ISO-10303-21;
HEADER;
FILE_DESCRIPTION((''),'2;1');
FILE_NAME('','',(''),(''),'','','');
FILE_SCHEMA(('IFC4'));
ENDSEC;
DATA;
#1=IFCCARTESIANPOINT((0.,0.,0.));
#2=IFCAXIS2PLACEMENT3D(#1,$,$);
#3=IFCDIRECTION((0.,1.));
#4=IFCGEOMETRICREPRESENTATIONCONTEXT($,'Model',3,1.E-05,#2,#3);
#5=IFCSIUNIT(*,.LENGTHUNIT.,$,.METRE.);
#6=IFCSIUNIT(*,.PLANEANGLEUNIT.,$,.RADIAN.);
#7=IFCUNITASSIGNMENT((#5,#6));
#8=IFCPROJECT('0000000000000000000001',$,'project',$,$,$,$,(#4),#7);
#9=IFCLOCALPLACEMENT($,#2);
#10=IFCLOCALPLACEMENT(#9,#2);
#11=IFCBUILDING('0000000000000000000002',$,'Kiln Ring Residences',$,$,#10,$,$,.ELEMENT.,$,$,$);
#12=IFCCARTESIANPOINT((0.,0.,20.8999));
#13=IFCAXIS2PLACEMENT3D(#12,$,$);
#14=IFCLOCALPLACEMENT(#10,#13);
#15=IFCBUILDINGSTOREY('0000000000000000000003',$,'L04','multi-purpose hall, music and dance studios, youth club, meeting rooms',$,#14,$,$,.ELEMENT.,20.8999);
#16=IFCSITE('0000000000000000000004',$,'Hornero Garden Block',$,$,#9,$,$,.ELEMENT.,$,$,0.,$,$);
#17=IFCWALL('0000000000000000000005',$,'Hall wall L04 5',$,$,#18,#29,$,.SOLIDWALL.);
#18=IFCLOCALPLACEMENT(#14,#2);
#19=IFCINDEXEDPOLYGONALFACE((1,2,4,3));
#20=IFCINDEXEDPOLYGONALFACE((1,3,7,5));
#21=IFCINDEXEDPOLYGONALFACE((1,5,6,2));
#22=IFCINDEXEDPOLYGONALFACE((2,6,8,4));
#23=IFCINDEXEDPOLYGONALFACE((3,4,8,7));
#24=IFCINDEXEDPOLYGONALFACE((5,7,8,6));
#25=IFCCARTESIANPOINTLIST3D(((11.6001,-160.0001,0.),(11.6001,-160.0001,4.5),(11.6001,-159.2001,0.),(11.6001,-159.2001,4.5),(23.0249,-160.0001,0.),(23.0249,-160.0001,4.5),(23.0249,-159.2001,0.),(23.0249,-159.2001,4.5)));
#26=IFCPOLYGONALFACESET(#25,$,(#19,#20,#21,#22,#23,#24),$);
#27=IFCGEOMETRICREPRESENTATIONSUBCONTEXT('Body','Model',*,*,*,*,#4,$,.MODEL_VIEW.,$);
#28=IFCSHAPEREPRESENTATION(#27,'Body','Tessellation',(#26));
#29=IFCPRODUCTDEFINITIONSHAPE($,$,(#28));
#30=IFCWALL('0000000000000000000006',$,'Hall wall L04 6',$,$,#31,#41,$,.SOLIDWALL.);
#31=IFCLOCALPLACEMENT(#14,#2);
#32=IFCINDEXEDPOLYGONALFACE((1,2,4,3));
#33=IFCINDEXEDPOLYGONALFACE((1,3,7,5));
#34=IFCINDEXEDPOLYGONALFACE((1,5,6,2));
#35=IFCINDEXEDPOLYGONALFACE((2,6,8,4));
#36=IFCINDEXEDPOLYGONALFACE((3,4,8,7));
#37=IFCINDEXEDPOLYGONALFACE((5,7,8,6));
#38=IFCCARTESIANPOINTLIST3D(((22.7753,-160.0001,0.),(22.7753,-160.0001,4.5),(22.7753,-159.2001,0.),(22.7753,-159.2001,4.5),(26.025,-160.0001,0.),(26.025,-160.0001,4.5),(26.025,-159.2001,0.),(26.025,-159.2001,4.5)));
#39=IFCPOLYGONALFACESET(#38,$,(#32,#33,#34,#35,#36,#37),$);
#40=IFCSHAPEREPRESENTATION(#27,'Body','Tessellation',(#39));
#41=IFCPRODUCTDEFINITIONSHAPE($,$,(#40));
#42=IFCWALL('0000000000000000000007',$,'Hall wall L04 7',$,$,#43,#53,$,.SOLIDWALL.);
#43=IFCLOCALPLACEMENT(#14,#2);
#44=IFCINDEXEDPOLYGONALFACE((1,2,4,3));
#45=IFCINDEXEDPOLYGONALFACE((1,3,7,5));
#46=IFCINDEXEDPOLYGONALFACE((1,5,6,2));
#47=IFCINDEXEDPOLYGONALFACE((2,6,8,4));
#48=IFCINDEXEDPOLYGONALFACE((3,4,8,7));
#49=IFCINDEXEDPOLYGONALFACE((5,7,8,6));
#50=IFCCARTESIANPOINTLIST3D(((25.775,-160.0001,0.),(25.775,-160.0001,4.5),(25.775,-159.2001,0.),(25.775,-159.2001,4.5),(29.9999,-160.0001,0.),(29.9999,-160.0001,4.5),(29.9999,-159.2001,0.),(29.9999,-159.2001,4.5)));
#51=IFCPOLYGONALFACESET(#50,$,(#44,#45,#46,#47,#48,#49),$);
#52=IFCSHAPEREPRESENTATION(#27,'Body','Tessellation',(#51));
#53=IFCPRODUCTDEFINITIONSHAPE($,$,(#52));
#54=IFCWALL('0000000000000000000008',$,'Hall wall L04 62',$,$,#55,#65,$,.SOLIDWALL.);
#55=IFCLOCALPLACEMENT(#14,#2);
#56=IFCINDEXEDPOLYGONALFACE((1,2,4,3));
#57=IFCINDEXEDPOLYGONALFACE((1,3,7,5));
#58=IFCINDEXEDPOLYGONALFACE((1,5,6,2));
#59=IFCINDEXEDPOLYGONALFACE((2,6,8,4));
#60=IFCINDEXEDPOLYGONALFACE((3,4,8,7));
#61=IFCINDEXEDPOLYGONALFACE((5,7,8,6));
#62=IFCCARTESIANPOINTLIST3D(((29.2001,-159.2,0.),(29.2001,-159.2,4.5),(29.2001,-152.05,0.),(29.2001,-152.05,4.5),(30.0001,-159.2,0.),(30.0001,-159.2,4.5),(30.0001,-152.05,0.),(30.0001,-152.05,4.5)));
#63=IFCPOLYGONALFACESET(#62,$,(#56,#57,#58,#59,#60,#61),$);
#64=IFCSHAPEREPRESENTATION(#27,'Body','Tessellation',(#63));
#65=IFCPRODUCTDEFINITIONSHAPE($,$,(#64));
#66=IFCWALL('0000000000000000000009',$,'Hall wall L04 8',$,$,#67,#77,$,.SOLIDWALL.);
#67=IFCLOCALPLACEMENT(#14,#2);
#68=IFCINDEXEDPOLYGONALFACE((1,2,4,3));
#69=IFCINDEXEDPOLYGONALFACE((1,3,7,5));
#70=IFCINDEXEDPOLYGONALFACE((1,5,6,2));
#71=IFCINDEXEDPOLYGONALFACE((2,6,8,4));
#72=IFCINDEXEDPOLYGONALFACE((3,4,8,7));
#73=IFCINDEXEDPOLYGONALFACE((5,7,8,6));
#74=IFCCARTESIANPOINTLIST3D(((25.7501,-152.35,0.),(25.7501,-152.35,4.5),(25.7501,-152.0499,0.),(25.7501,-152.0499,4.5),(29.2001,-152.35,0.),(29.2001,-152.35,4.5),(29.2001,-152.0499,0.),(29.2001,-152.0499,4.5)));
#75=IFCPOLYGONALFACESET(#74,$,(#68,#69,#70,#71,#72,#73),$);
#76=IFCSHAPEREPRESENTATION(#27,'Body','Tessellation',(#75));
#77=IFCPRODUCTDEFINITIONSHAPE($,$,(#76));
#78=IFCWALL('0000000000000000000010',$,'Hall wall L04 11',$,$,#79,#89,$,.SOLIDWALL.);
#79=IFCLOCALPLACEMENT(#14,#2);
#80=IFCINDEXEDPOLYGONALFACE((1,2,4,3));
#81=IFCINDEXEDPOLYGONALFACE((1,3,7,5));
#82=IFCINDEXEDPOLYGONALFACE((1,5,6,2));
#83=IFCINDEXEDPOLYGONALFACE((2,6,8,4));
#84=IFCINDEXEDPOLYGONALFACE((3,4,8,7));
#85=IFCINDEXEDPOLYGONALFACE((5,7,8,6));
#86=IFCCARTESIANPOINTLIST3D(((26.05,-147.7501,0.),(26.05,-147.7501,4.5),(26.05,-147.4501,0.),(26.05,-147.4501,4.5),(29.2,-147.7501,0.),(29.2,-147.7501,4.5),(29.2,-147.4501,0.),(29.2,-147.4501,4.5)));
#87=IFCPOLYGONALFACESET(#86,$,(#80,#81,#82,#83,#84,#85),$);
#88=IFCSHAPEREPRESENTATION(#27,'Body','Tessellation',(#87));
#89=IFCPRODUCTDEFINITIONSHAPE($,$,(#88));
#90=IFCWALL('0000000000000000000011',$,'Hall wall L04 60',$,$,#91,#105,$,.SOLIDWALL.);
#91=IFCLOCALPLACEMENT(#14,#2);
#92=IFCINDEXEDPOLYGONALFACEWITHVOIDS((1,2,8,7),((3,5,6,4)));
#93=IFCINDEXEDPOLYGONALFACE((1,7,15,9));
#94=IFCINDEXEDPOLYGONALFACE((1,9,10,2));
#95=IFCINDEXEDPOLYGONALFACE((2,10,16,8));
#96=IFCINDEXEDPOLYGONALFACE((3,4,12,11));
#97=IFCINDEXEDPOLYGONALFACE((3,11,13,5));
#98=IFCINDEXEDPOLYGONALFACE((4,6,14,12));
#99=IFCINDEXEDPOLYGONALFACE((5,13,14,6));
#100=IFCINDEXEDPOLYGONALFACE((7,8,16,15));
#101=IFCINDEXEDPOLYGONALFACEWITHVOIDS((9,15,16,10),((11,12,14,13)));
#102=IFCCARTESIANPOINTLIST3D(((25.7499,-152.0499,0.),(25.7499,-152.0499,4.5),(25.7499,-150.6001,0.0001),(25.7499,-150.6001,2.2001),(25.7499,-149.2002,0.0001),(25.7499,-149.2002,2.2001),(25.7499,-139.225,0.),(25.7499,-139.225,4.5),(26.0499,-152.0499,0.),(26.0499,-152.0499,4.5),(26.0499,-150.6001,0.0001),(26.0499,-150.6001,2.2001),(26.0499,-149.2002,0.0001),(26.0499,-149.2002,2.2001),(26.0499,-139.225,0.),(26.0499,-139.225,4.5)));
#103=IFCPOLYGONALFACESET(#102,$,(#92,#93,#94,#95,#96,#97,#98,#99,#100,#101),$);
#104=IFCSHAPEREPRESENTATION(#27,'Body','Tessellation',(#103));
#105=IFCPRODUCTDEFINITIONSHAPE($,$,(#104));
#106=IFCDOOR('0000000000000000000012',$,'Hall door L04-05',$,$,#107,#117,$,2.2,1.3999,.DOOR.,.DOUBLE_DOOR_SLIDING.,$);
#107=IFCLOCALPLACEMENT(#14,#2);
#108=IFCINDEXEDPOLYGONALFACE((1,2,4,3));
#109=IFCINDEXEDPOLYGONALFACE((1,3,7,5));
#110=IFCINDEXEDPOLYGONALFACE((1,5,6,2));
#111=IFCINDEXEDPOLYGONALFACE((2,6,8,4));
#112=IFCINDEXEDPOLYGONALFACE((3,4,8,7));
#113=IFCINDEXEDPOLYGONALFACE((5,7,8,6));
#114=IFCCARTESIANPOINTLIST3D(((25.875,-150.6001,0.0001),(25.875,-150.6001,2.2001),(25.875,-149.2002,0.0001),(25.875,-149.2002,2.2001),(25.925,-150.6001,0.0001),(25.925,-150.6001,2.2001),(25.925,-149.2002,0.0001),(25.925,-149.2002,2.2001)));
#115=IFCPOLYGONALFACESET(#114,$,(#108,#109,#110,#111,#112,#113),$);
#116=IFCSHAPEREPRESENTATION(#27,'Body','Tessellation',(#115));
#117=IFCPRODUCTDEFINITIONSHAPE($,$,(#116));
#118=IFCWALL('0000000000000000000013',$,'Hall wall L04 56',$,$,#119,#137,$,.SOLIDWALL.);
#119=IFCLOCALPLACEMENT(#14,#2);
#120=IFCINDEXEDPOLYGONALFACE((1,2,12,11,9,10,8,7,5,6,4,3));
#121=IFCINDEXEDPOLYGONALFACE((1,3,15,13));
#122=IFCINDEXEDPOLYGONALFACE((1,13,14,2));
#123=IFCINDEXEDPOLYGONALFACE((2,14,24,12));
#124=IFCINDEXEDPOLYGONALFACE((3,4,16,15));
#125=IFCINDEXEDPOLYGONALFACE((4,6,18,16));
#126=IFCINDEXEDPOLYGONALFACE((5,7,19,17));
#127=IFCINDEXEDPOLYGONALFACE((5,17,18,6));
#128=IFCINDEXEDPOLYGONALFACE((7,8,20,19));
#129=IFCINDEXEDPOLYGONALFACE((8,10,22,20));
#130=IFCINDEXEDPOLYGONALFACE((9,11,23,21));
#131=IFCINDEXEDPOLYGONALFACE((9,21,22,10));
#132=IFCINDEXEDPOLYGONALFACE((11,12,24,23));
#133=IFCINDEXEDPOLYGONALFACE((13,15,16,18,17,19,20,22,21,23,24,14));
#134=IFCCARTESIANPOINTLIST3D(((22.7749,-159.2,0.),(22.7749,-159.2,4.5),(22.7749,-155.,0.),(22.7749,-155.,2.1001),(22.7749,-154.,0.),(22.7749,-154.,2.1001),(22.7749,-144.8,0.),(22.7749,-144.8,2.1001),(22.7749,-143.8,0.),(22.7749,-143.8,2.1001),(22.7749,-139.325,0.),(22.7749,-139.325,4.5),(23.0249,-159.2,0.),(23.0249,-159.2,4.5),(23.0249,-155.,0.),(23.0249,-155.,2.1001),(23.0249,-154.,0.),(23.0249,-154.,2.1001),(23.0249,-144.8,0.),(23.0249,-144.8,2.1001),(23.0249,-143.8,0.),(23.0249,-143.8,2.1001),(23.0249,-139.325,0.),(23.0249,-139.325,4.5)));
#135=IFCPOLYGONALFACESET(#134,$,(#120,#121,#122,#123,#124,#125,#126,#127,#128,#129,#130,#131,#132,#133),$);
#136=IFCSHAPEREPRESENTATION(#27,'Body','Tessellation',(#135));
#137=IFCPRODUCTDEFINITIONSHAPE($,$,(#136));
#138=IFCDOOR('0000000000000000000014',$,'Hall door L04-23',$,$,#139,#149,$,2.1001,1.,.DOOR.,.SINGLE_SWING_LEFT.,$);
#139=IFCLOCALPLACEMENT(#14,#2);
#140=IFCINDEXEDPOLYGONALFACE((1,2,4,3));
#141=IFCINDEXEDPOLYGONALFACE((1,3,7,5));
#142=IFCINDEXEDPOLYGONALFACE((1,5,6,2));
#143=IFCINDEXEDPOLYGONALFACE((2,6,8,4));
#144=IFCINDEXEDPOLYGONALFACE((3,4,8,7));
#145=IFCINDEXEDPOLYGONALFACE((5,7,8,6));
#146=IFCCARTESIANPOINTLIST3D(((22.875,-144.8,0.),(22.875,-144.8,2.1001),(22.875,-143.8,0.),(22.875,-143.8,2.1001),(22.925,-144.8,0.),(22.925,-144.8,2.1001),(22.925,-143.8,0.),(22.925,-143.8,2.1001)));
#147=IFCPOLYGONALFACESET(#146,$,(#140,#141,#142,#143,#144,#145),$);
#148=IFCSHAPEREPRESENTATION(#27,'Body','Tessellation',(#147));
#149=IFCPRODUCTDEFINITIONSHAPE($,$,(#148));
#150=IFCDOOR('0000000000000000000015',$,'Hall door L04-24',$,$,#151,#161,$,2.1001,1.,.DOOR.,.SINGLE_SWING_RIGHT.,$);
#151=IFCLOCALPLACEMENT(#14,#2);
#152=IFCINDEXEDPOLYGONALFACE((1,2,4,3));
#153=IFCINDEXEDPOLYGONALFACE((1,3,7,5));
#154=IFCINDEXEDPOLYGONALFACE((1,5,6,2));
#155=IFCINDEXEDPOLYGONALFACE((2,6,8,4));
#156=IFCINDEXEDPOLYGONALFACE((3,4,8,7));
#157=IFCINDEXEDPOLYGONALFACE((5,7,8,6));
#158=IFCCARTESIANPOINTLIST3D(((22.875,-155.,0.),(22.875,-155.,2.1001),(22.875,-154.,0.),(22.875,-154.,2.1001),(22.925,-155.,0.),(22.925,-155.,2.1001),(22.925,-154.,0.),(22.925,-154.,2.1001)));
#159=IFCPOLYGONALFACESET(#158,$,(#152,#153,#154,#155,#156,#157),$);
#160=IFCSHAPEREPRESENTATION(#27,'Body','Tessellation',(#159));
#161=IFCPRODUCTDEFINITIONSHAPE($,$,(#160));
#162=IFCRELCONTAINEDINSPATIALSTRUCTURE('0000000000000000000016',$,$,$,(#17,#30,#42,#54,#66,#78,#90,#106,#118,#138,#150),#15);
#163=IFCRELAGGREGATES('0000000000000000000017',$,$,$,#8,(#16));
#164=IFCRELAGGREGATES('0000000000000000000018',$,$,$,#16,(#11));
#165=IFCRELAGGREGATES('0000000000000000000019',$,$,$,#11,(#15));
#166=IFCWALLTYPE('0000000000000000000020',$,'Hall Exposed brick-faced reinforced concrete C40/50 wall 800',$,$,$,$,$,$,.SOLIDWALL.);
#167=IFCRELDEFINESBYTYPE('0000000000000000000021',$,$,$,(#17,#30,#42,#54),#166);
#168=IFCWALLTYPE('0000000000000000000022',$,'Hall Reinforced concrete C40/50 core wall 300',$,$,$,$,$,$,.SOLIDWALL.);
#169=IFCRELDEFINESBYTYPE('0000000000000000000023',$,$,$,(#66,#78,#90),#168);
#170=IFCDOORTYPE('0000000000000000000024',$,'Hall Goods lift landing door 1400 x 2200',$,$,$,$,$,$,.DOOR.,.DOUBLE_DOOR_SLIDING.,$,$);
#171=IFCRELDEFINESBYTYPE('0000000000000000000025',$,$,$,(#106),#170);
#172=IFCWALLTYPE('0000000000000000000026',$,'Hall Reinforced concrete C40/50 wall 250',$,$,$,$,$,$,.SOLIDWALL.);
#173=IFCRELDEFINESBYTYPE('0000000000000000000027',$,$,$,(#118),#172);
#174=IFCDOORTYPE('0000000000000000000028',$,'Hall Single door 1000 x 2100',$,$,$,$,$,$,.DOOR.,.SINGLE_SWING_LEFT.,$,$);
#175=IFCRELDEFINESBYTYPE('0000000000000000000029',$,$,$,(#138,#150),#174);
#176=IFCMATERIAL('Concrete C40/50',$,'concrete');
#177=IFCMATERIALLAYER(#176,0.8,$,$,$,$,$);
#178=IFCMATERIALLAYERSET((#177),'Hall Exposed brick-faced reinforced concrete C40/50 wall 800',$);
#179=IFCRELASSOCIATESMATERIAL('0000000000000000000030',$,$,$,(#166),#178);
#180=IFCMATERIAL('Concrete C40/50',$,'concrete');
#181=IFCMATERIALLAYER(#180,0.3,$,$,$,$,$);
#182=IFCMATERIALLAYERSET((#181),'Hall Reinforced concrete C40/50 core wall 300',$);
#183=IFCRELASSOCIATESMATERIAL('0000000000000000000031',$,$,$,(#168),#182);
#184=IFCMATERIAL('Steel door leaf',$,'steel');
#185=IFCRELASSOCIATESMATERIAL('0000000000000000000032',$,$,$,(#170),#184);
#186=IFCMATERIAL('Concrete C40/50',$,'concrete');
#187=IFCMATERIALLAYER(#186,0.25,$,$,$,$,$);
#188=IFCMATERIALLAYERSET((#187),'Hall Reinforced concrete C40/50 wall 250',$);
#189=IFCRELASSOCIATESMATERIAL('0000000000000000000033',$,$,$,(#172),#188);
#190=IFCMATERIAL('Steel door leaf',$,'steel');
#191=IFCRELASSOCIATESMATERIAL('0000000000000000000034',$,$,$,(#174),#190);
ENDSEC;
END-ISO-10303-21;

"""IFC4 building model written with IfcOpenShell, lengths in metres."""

from ifc_helpers import new_model, si_unit, direction, frame, frame_2d, origin, place, context, subcontext, project, spatial, rectangle, extrude, material, layer, layer_set, type_object, element, fill, save


model = new_model("IFC4")

# Units and contexts
model_context = context("Model", 3, precision=1e-05, world=origin(), true_north=direction((0.0, 1.0)))
body_context = subcontext(model_context, "Body", "Model", "MODEL_VIEW")
ifc_project = project(units=[si_unit("LENGTHUNIT", "METRE"), si_unit("PLANEANGLEUNIT", "RADIAN")], contexts=[model_context])

# Site, building, storey
site_placement = place(None, origin())
site = spatial("IfcSite", under=ifc_project, at=site_placement, Name="Hornero Garden Block", CompositionType="ELEMENT", RefElevation=0.0)
building_placement = place(site_placement, origin())
building = spatial("IfcBuilding", under=site, at=building_placement, Name="Kiln Ring Residences", CompositionType="ELEMENT")
storey_placement = place(building_placement, frame((0.0, 0.0, 20.8999)))
storey = spatial("IfcBuildingStorey", under=building, at=storey_placement, Name="L04", Description="multi-purpose hall, music and dance studios, youth club, meeting rooms", CompositionType="ELEMENT", Elevation=20.8999)

# Walls
ifc_material_1 = material(Name="Concrete C40/50", Category="concrete")
ifc_layer_1 = layer(ifc_material_1, 0.8)
ifc_layer_set_1 = layer_set([ifc_layer_1], Name="Hall Exposed brick-faced reinforced concrete C40/50 wall 800")
wall_type_1 = type_object("IfcWallType", Name="Hall Exposed brick-faced reinforced concrete C40/50 wall 800", PredefinedType="SOLIDWALL", material=ifc_layer_set_1)
wall_1_placement = place(storey_placement, frame((11.6001, -159.6001, 0.0), z_axis=(0.0, 0.0, 1.0), x_axis=(1.0, 0.0, 0.0)))
element("IfcWall", 1, at=wall_1_placement, inside=storey, type_object=wall_type_1, Name="Hall wall L04 5", PredefinedType="SOLIDWALL", context=body_context, shape_type="SweptSolid", body=[
    extrude(rectangle(XDim=11.4248, YDim=0.8, at=frame_2d((5.7124, 0.0))), origin(), (0.0, 0.0, 1.0), 4.5),
])
wall_2_placement = place(storey_placement, frame((22.7751, -159.6001, 0.0), z_axis=(0.0, 0.0, 1.0), x_axis=(1.0, 0.0, 0.0)))
element("IfcWall", 2, at=wall_2_placement, inside=storey, type_object=wall_type_1, Name="Hall wall L04 6", PredefinedType="SOLIDWALL", context=body_context, shape_type="SweptSolid", body=[
    extrude(rectangle(XDim=3.2498, YDim=0.8, at=frame_2d((1.625, 0.0))), origin(), (0.0, 0.0, 1.0), 4.5),
])
wall_3_placement = place(storey_placement, frame((25.7751, -159.6001, 0.0), z_axis=(0.0, 0.0, 1.0), x_axis=(1.0, 0.0, 0.0)))
element("IfcWall", 3, at=wall_3_placement, inside=storey, type_object=wall_type_1, Name="Hall wall L04 7", PredefinedType="SOLIDWALL", context=body_context, shape_type="SweptSolid", body=[
    extrude(rectangle(XDim=4.2249, YDim=0.8, at=frame_2d((2.1123, 0.0))), origin(), (0.0, 0.0, 1.0), 4.5),
])
wall_4_placement = place(storey_placement, frame((29.6001, -152.05, 0.0), z_axis=(0.0, 0.0, 1.0), x_axis=(0.0, -1.0, 0.0)))
element("IfcWall", 4, at=wall_4_placement, inside=storey, type_object=wall_type_1, Name="Hall wall L04 62", PredefinedType="SOLIDWALL", context=body_context, shape_type="SweptSolid", body=[
    extrude(rectangle(XDim=7.1499, YDim=0.8, at=frame_2d((3.575, 0.0))), origin(), (0.0, 0.0, 1.0), 4.5),
])
ifc_material_2 = material(Name="Concrete C40/50", Category="concrete")
ifc_layer_2 = layer(ifc_material_2, 0.3)
ifc_layer_set_2 = layer_set([ifc_layer_2], Name="Hall Reinforced concrete C40/50 core wall 300")
wall_type_2 = type_object("IfcWallType", Name="Hall Reinforced concrete C40/50 core wall 300", PredefinedType="SOLIDWALL", material=ifc_layer_set_2)
wall_5_placement = place(storey_placement, frame((25.75, -152.2, 0.0), z_axis=(0.0, 0.0, 1.0), x_axis=(1.0, 0.0, 0.0)))
element("IfcWall", 5, at=wall_5_placement, inside=storey, type_object=wall_type_2, Name="Hall wall L04 8", PredefinedType="SOLIDWALL", context=body_context, shape_type="SweptSolid", body=[
    extrude(rectangle(XDim=3.45, YDim=0.3, at=frame_2d((1.7251, 0.0))), origin(), (0.0, 0.0, 1.0), 4.5),
])
wall_6_placement = place(storey_placement, frame((26.05, -147.6001, 0.0), z_axis=(0.0, 0.0, 1.0), x_axis=(1.0, 0.0, 0.0)))
element("IfcWall", 6, at=wall_6_placement, inside=storey, type_object=wall_type_2, Name="Hall wall L04 11", PredefinedType="SOLIDWALL", context=body_context, shape_type="SweptSolid", body=[
    extrude(rectangle(XDim=3.1499, YDim=0.3, at=frame_2d((1.575, 0.0))), origin(), (0.0, 0.0, 1.0), 4.5),
])

# Wall, opening, door
wall_7_placement = place(storey_placement, frame((25.8999, -152.05, 0.0), z_axis=(0.0, 0.0, 1.0), x_axis=(0.0, 1.0, 0.0)))
wall_7 = element("IfcWall", 7, at=wall_7_placement, inside=storey, type_object=wall_type_2, Name="Hall wall L04 60", PredefinedType="SOLIDWALL", context=body_context, shape_type="SweptSolid", body=[
    extrude(rectangle(XDim=12.825, YDim=0.3, at=frame_2d((6.4126, 0.0))), origin(), (0.0, 0.0, 1.0), 4.5),
])
opening_1_placement = place(wall_7_placement, frame((1.45, 0.0, 0.0)))
opening_1 = element("IfcOpeningElement", 8, at=opening_1_placement, cuts=wall_7, PredefinedType="OPENING", context=body_context, shape_type="SweptSolid", body=[
    extrude(rectangle(XDim=1.3999, YDim=2.2, at=frame_2d((0.7, 1.1001))), frame((0.0, 0.1599, 0.0), z_axis=(0.0, -1.0, 0.0), x_axis=(1.0, 0.0, 0.0)), (0.0, 0.0, 1.0), 0.3201),
])
ifc_material_3 = material(Name="Steel door leaf", Category="steel")
door_type_1 = type_object("IfcDoorType", Name="Hall Goods lift landing door 1400 x 2200", OperationType="DOUBLE_DOOR_SLIDING", PredefinedType="DOOR", material=ifc_material_3)
door_1_placement = place(opening_1_placement, origin())
door_1 = element("IfcDoor", 9, at=door_1_placement, inside=storey, type_object=door_type_1, Name="Hall door L04-05", OperationType="DOUBLE_DOOR_SLIDING", OverallHeight=2.2, OverallWidth=1.3999, PredefinedType="DOOR", context=body_context, shape_type="SweptSolid", body=[
    extrude(rectangle(XDim=1.3999, YDim=2.2, at=frame_2d((0.7, 1.1001))), frame((0.0, 0.0249, 0.0), z_axis=(0.0, -1.0, 0.0), x_axis=(1.0, 0.0, 0.0)), (0.0, 0.0, 1.0), 0.05),
])
fill(opening_1, door_1)

# Wall, openings, doors
ifc_material_4 = material(Name="Concrete C40/50", Category="concrete")
ifc_layer_3 = layer(ifc_material_4, 0.25)
ifc_layer_set_3 = layer_set([ifc_layer_3], Name="Hall Reinforced concrete C40/50 wall 250")
wall_type_3 = type_object("IfcWallType", Name="Hall Reinforced concrete C40/50 wall 250", PredefinedType="SOLIDWALL", material=ifc_layer_set_3)
wall_8_placement = place(storey_placement, frame((22.8999, -159.2, 0.0), z_axis=(0.0, 0.0, 1.0), x_axis=(0.0, 1.0, 0.0)))
wall_8 = element("IfcWall", 10, at=wall_8_placement, inside=storey, type_object=wall_type_3, Name="Hall wall L04 56", PredefinedType="SOLIDWALL", context=body_context, shape_type="SweptSolid", body=[
    extrude(rectangle(XDim=19.875, YDim=0.25, at=frame_2d((9.9375, 0.0))), origin(), (0.0, 0.0, 1.0), 4.5),
])
opening_2_placement = place(wall_8_placement, frame((14.3999, 0.0, 0.0)))
opening_2 = element("IfcOpeningElement", 11, at=opening_2_placement, cuts=wall_8, PredefinedType="OPENING", context=body_context, shape_type="SweptSolid", body=[
    extrude(rectangle(XDim=1.0, YDim=2.1001, at=frame_2d((0.5, 1.05))), frame((0.0, 0.135, 0.0), z_axis=(0.0, -1.0, 0.0), x_axis=(1.0, 0.0, 0.0)), (0.0, 0.0, 1.0), 0.27),
])
opening_3_placement = place(wall_8_placement, frame((4.2, 0.0, 0.0)))
opening_3 = element("IfcOpeningElement", 12, at=opening_3_placement, cuts=wall_8, PredefinedType="OPENING", context=body_context, shape_type="SweptSolid", body=[
    extrude(rectangle(XDim=1.0, YDim=2.1001, at=frame_2d((0.5, 1.05))), frame((0.0, 0.135, 0.0), z_axis=(0.0, -1.0, 0.0), x_axis=(1.0, 0.0, 0.0)), (0.0, 0.0, 1.0), 0.27),
])
ifc_material_5 = material(Name="Steel door leaf", Category="steel")
door_type_2 = type_object("IfcDoorType", Name="Hall Single door 1000 x 2100", OperationType="SINGLE_SWING_LEFT", PredefinedType="DOOR", material=ifc_material_5)
door_2_placement = place(opening_2_placement, origin())
door_2 = element("IfcDoor", 13, at=door_2_placement, inside=storey, type_object=door_type_2, Name="Hall door L04-23", OperationType="SINGLE_SWING_LEFT", OverallHeight=2.1001, OverallWidth=1.0, PredefinedType="DOOR", context=body_context, shape_type="SweptSolid", body=[
    extrude(rectangle(XDim=1.0, YDim=2.1001, at=frame_2d((0.5, 1.05))), frame((0.0, 0.0249, 0.0), z_axis=(0.0, -1.0, 0.0), x_axis=(1.0, 0.0, 0.0)), (0.0, 0.0, 1.0), 0.05),
])
fill(opening_2, door_2)
door_3_placement = place(opening_3_placement, origin())
door_3 = element("IfcDoor", 14, at=door_3_placement, inside=storey, type_object=door_type_2, Name="Hall door L04-24", OperationType="SINGLE_SWING_RIGHT", OverallHeight=2.1001, OverallWidth=1.0, PredefinedType="DOOR", context=body_context, shape_type="SweptSolid", body=[
    extrude(rectangle(XDim=1.0, YDim=2.1001, at=frame_2d((0.5, 1.05))), frame((0.0, 0.0249, 0.0), z_axis=(0.0, -1.0, 0.0), x_axis=(1.0, 0.0, 0.0)), (0.0, 0.0, 1.0), 0.05),
])
fill(opening_3, door_3)

save(model, "model.ifc")
